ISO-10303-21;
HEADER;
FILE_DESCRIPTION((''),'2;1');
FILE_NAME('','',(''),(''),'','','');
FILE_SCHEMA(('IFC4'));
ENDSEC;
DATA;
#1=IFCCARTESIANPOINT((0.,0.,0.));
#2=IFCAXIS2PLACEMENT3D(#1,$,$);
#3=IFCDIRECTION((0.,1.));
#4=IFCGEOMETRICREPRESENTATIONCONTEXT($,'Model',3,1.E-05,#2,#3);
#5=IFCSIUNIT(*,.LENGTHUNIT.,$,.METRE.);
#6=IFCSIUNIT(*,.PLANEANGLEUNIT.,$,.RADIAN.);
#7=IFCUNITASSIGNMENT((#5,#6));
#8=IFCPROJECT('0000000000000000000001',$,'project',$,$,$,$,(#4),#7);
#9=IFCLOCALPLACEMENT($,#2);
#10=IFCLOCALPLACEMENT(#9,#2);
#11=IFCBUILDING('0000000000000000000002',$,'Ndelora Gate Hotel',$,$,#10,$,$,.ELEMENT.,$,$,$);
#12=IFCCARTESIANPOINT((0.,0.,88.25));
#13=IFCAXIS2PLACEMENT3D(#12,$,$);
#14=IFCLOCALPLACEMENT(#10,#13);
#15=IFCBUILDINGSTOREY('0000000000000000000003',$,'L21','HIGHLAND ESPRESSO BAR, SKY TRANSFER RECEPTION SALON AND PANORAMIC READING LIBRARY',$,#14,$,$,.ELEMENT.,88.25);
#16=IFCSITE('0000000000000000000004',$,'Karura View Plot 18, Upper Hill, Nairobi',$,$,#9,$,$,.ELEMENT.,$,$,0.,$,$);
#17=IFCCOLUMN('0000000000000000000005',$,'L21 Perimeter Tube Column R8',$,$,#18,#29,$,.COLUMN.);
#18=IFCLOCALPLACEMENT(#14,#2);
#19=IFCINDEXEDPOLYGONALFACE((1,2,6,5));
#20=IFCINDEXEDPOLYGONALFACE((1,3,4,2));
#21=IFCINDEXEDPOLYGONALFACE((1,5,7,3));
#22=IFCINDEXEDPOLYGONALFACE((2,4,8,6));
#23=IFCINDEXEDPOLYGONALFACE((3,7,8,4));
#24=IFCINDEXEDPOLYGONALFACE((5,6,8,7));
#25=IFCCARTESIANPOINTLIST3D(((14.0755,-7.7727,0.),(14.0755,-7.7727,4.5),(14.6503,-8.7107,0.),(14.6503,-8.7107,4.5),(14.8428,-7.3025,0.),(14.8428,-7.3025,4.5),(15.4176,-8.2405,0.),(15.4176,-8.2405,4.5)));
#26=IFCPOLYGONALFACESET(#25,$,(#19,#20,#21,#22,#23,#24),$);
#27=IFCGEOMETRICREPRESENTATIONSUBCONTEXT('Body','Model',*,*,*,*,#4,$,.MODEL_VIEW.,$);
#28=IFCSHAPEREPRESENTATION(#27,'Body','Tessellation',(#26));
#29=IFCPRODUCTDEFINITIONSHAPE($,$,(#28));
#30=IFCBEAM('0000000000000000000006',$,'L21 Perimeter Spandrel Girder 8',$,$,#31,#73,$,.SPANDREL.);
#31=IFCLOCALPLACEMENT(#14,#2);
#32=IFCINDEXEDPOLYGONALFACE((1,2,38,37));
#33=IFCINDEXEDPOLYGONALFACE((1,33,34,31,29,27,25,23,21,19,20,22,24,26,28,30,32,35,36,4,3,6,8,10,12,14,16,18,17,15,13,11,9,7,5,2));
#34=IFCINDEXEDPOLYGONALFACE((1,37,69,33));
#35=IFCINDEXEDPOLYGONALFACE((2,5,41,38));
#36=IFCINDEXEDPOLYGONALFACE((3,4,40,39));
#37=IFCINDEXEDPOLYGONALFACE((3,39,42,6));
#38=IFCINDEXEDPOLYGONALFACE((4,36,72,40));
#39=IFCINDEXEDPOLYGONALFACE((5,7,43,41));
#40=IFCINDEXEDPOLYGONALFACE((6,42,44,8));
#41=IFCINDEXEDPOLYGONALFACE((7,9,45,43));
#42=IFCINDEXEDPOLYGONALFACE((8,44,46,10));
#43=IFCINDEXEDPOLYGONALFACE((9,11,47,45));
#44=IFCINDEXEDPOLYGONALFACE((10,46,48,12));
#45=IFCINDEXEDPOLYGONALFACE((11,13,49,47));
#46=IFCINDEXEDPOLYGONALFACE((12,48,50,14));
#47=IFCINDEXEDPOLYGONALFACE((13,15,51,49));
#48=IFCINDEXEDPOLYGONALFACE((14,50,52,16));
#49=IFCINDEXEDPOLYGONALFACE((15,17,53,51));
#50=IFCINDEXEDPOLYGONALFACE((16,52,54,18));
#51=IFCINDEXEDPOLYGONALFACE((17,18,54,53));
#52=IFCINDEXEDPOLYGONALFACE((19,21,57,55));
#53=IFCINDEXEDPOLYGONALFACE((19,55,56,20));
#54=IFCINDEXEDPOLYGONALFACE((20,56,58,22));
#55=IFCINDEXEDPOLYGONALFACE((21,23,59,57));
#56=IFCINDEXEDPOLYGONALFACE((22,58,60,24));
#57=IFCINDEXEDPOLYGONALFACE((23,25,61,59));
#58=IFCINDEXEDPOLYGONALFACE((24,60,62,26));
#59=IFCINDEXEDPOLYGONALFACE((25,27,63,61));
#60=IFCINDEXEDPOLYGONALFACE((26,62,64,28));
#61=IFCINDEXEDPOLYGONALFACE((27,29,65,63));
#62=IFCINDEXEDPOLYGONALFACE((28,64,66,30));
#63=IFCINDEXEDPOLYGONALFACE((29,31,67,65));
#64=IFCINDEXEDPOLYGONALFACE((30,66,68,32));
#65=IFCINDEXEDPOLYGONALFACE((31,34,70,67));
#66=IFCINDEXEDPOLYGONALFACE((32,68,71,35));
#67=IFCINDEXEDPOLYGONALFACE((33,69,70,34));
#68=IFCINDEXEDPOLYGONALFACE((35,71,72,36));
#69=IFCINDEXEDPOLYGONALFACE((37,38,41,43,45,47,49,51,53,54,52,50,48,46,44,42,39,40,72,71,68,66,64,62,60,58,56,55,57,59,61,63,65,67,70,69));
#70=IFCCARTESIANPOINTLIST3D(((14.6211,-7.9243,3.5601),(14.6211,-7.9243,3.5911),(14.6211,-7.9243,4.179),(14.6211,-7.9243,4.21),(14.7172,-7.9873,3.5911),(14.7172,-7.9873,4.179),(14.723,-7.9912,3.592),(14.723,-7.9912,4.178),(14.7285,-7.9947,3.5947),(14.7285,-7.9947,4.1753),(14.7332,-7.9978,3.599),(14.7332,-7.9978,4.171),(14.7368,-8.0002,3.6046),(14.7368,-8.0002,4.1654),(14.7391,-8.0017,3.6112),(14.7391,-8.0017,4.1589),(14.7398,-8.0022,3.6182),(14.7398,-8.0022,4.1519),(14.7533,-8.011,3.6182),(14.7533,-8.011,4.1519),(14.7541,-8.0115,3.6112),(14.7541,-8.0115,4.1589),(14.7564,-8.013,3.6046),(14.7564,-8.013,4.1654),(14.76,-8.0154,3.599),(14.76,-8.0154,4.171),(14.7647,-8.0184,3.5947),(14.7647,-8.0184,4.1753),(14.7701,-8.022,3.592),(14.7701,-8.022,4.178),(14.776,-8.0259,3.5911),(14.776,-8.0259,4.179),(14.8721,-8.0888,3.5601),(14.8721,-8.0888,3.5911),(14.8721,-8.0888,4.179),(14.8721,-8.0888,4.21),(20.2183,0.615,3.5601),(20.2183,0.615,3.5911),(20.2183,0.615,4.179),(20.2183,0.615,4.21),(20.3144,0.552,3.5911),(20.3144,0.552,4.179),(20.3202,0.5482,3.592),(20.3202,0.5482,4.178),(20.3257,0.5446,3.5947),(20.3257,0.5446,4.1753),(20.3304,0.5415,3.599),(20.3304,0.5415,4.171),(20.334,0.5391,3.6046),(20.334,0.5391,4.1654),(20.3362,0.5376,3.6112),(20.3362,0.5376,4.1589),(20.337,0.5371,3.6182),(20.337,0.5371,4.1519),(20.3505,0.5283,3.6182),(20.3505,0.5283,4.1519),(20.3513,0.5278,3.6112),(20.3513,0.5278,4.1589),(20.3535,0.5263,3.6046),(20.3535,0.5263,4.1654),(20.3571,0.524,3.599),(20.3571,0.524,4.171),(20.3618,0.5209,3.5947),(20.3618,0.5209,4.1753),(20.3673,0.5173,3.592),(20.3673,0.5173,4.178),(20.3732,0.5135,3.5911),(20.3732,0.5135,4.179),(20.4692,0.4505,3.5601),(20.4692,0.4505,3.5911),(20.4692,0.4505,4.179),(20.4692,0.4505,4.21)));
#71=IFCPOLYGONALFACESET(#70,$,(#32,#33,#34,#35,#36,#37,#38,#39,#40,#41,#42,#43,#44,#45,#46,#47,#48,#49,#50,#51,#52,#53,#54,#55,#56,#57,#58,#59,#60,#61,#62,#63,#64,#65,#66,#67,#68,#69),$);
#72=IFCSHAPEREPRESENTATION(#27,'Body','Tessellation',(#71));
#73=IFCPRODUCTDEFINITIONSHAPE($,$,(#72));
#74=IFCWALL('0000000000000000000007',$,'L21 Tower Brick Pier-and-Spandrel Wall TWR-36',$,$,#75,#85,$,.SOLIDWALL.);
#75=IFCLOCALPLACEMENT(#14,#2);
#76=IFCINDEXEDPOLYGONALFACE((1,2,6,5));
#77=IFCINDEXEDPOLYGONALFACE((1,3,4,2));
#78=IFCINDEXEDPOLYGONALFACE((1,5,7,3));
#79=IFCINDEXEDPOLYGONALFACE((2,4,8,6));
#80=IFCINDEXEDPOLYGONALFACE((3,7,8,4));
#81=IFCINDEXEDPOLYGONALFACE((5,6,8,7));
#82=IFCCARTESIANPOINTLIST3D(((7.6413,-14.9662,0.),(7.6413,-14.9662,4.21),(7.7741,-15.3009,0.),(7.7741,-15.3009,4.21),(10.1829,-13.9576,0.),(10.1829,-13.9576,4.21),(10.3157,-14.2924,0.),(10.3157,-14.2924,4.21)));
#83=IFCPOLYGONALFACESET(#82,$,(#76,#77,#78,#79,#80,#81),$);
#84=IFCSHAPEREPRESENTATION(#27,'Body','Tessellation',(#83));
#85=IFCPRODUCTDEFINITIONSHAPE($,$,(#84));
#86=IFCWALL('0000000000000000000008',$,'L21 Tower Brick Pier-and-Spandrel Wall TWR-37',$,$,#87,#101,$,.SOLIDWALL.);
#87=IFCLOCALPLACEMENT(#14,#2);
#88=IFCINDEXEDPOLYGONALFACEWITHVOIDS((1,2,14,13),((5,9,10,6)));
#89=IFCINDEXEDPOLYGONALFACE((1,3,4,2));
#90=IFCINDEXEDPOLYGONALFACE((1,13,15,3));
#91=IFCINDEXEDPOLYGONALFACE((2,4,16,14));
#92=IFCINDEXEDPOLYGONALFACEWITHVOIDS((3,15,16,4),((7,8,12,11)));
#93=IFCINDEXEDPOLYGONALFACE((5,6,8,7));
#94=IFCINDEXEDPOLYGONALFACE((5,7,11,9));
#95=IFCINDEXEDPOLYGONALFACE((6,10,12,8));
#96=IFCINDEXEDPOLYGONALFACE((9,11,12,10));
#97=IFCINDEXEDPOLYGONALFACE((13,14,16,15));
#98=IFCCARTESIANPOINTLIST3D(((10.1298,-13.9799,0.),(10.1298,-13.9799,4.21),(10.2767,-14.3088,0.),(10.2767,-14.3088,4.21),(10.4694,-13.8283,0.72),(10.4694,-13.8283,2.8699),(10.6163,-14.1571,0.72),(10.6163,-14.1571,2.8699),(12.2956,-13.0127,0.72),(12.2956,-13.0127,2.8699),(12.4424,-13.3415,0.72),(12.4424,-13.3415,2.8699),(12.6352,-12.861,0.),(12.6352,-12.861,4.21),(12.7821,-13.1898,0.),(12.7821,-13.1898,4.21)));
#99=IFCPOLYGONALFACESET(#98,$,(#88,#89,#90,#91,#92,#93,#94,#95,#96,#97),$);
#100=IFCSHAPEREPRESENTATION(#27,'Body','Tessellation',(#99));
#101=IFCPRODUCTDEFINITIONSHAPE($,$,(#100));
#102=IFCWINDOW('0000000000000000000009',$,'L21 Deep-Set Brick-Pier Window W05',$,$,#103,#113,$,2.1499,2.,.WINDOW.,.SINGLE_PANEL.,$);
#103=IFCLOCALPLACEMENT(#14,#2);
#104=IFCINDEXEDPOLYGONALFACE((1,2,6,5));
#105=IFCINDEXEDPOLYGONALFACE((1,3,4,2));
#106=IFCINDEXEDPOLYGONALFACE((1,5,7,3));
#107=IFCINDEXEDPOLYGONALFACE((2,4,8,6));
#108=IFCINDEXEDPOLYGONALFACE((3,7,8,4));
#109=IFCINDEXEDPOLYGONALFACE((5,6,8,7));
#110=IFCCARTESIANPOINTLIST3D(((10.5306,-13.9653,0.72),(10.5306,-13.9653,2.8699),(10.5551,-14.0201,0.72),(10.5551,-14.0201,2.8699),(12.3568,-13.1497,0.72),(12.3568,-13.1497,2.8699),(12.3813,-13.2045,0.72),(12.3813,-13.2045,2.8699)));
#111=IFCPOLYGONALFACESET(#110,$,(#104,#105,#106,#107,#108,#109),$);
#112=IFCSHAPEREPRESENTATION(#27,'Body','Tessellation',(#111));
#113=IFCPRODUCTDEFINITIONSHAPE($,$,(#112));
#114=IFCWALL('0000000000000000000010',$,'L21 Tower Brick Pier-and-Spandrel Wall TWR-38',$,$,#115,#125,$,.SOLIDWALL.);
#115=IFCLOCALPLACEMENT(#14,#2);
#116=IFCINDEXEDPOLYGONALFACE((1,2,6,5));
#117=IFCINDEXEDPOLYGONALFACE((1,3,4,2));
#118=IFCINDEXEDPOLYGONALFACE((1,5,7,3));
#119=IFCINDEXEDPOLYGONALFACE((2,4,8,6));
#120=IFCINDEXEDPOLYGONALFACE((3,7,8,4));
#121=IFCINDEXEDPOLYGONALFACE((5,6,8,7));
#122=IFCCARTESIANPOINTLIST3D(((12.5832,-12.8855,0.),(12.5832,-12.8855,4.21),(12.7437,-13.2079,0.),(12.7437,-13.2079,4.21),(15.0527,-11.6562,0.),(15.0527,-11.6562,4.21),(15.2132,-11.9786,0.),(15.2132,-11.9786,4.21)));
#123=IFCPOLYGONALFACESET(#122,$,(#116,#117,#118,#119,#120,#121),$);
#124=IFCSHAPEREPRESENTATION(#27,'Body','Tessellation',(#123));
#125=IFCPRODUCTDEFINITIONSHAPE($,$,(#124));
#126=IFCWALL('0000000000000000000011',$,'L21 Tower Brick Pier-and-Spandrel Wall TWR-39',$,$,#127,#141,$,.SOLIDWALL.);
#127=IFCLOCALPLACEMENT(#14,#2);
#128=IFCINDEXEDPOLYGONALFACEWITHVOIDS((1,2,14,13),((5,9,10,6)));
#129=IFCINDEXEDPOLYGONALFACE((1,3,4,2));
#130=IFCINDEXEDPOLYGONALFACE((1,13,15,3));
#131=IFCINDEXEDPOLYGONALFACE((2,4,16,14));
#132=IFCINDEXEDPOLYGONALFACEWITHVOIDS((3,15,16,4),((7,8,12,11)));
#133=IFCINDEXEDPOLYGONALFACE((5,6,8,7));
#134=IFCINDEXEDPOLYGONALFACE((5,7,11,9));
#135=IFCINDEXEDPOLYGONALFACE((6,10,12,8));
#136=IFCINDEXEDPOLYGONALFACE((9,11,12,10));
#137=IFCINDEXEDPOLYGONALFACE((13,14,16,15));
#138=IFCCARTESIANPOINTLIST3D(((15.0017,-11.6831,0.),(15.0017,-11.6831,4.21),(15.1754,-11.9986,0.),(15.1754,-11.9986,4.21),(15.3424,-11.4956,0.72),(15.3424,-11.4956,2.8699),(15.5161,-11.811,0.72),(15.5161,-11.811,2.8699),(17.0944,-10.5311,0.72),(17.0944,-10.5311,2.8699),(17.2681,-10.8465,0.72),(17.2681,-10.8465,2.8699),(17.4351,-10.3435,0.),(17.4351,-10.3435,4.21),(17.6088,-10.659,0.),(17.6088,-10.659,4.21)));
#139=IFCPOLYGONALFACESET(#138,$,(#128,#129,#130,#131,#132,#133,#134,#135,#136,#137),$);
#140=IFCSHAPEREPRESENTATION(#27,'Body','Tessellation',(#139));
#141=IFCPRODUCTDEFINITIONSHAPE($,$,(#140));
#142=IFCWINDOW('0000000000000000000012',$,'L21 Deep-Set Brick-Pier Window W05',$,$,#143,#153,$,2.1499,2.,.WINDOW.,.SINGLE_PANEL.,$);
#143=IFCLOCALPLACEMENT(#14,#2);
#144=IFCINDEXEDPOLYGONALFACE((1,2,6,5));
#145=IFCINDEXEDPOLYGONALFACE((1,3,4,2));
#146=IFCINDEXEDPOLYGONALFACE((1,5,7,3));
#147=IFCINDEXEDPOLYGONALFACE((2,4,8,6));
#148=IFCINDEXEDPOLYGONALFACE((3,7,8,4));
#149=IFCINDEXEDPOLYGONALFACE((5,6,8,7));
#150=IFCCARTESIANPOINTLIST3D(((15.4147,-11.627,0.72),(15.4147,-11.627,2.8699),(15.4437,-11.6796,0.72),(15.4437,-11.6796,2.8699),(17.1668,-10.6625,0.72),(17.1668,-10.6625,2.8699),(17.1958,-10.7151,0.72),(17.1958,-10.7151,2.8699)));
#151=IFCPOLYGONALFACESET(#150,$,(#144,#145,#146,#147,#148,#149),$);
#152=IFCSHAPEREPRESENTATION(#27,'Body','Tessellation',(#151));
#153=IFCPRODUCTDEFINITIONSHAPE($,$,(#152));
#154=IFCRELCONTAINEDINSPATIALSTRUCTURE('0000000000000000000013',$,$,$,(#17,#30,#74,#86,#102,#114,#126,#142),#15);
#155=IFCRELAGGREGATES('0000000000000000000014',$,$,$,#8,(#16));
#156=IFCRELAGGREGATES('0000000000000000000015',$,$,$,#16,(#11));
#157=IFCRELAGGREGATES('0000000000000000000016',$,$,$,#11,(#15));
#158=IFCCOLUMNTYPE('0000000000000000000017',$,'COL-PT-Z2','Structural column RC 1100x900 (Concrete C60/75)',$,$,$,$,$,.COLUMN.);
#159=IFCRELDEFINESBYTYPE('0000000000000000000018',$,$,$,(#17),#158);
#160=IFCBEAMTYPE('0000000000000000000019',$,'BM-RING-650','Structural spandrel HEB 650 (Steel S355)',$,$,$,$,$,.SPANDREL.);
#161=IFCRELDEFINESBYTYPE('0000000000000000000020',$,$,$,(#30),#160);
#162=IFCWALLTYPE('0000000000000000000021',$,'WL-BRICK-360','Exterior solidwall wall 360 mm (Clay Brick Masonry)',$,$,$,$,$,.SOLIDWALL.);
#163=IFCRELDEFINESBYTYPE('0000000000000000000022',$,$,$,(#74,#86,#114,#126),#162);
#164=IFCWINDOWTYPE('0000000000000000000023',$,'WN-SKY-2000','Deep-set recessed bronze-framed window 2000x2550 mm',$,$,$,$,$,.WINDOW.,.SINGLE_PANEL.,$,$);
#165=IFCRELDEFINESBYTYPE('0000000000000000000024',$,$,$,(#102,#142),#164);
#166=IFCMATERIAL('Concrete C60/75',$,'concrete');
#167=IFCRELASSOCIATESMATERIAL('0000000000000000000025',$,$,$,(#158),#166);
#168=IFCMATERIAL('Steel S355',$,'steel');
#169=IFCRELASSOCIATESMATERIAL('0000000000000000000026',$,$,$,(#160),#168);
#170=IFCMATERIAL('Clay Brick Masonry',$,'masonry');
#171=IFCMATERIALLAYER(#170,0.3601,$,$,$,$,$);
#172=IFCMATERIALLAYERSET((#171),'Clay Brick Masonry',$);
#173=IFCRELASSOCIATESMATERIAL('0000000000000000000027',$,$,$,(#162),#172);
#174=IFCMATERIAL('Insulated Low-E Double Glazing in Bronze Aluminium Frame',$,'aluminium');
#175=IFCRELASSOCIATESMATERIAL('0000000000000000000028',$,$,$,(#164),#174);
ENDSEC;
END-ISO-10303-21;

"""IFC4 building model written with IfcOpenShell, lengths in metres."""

from ifc_helpers import new_model, si_unit, direction, frame, frame_2d, origin, origin_2d, place, context, subcontext, project, spatial, rectangle, i_section, extrude, material, layer, layer_set, material_profile, profile_set, type_object, element, fill, save


model = new_model("IFC4")

# Units and contexts
model_context = context("Model", 3, precision=1e-05, world=origin(), true_north=direction((0.0, 1.0)))
body_context = subcontext(model_context, "Body", "Model", "MODEL_VIEW")
ifc_project = project(units=[si_unit("LENGTHUNIT", "METRE"), si_unit("PLANEANGLEUNIT", "RADIAN")], contexts=[model_context])

# Site, building, storey
site_placement = place(None, origin())
site = spatial("IfcSite", under=ifc_project, at=site_placement, Name="Karura View Plot 18, Upper Hill, Nairobi", CompositionType="ELEMENT", RefElevation=0.0)
building_placement = place(site_placement, origin())
building = spatial("IfcBuilding", under=site, at=building_placement, Name="Ndelora Gate Hotel", CompositionType="ELEMENT")
storey_placement = place(building_placement, frame((0.0, 0.0, 88.25)))
storey = spatial("IfcBuildingStorey", under=building, at=storey_placement, Name="L21", Description="HIGHLAND ESPRESSO BAR, SKY TRANSFER RECEPTION SALON AND PANORAMIC READING LIBRARY", CompositionType="ELEMENT", Elevation=88.25)

# Column
ifc_material_1 = material(Name="Concrete C60/75", Category="concrete")
ifc_material_profile_1 = material_profile(ifc_material_1, rectangle(XDim=0.8999, YDim=1.1001, at=origin_2d()), Name="RC 1100x900")
ifc_profile_set_1 = profile_set([ifc_material_profile_1], Name="Concrete C60/75")
column_type = type_object("IfcColumnType", Name="COL-PT-Z2", Description="Structural column RC 1100x900 (Concrete C60/75)", PredefinedType="COLUMN", material=ifc_profile_set_1)
column_placement = place(storey_placement, frame((14.7466, -8.0066, 0.0), z_axis=(0.0, 0.0, 1.0), x_axis=(0.85264, 0.522499, 0.0)))
element("IfcColumn", 1, at=column_placement, inside=storey, type_object=column_type, Name="L21 Perimeter Tube Column R8", PredefinedType="COLUMN", context=body_context, shape_type="SweptSolid", body=[
    extrude(rectangle(XDim=0.8999, YDim=1.1001, at=origin_2d()), origin(), (0.0, 0.0, 1.0), 4.5),
])

# Beam
ifc_material_2 = material(Name="Steel S355", Category="steel")
ifc_material_profile_2 = material_profile(ifc_material_2, i_section(OverallWidth=0.3, OverallDepth=0.6499, WebThickness=0.0161, FlangeThickness=0.031, FilletRadius=0.0271, at=origin_2d()), Name="HEB 650")
ifc_profile_set_2 = profile_set([ifc_material_profile_2], Name="Steel S355")
beam_type = type_object("IfcBeamType", Name="BM-RING-650", Description="Structural spandrel HEB 650 (Steel S355)", PredefinedType="SPANDREL", material=ifc_profile_set_2)
beam_placement = place(storey_placement, frame((14.7466, -8.0066, 3.885), z_axis=(0.548194, 0.836351, 0.0), x_axis=(-0.836351, 0.548194, 0.0)))
element("IfcBeam", 2, at=beam_placement, inside=storey, type_object=beam_type, Name="L21 Perimeter Spandrel Girder 8", PredefinedType="SPANDREL", context=body_context, shape_type="SweptSolid", body=[
    extrude(i_section(OverallWidth=0.3, OverallDepth=0.6499, WebThickness=0.0161, FlangeThickness=0.031, FilletRadius=0.0271, at=origin_2d()), origin(), (0.0, 0.0, 1.0), 10.2102),
])

# Wall
ifc_material_3 = material(Name="Clay Brick Masonry", Category="masonry")
ifc_layer_1 = layer(ifc_material_3, 0.3601)
ifc_layer_set_1 = layer_set([ifc_layer_1], Name="Clay Brick Masonry")
wall_type_1 = type_object("IfcWallType", Name="WL-BRICK-360", Description="Exterior solidwall wall 360 mm (Clay Brick Masonry)", PredefinedType="SOLIDWALL", material=ifc_layer_set_1)
wall_1_placement = place(storey_placement, frame((10.2493, -14.125, 0.0), z_axis=(0.0, 0.0, 1.0), x_axis=(-0.929489, -0.368849, 0.0)))
element("IfcWall", 3, at=wall_1_placement, inside=storey, type_object=wall_type_1, Name="L21 Tower Brick Pier-and-Spandrel Wall TWR-36", PredefinedType="SOLIDWALL", context=body_context, shape_type="SweptSolid", body=[
    extrude(rectangle(XDim=2.7344, YDim=0.3601, at=frame_2d((1.3672, 0.0))), origin(), (0.0, 0.0, 1.0), 4.21),
])

# Wall, opening, window
wall_2_placement = place(storey_placement, frame((12.7087, -13.0254, 0.0), z_axis=(0.0, 0.0, 1.0), x_axis=(-0.91308, -0.407781, 0.0)))
wall_2 = element("IfcWall", 4, at=wall_2_placement, inside=storey, type_object=wall_type_1, Name="L21 Tower Brick Pier-and-Spandrel Wall TWR-37", PredefinedType="SOLIDWALL", context=body_context, shape_type="SweptSolid", body=[
    extrude(rectangle(XDim=2.7439, YDim=0.3601, at=frame_2d((1.3721, 0.0))), origin(), (0.0, 0.0, 1.0), 4.21),
])
opening_1_placement = place(wall_2_placement, frame((0.3721, 0.0, 0.72)))
opening_1 = element("IfcOpeningElement", 5, at=opening_1_placement, cuts=wall_2, PredefinedType="OPENING", context=body_context, shape_type="SweptSolid", body=[
    extrude(rectangle(XDim=2.0, YDim=2.1499, at=frame_2d((1.0, 1.075))), frame((0.0, 0.1899, 0.0), z_axis=(0.0, -1.0, 0.0), x_axis=(1.0, 0.0, 0.0)), (0.0, 0.0, 1.0), 0.3801),
])
ifc_material_4 = material(Name="Insulated Low-E Double Glazing in Bronze Aluminium Frame", Category="aluminium")
window_type = type_object("IfcWindowType", Name="WN-SKY-2000", Description="Deep-set recessed bronze-framed window 2000x2550 mm", PartitioningType="SINGLE_PANEL", PredefinedType="WINDOW", material=ifc_material_4)
window_1_placement = place(opening_1_placement, origin())
window_1 = element("IfcWindow", 6, at=window_1_placement, inside=storey, type_object=window_type, Name="L21 Deep-Set Brick-Pier Window W05", OverallHeight=2.1499, OverallWidth=2.0, PartitioningType="SINGLE_PANEL", PredefinedType="WINDOW", context=body_context, shape_type="SweptSolid", body=[
    extrude(rectangle(XDim=2.0, YDim=2.1499, at=frame_2d((1.0, 1.075))), frame((0.0, 0.03, 0.0), z_axis=(0.0, -1.0, 0.0), x_axis=(1.0, 0.0, 0.0)), (0.0, 0.0, 1.0), 0.0601),
])
fill(opening_1, window_1)

# Wall
wall_3_placement = place(storey_placement, frame((15.1331, -11.8174, 0.0), z_axis=(0.0, 0.0, 1.0), x_axis=(-0.895222, -0.44562, 0.0)))
element("IfcWall", 7, at=wall_3_placement, inside=storey, type_object=wall_type_1, Name="L21 Tower Brick Pier-and-Spandrel Wall TWR-38", PredefinedType="SOLIDWALL", context=body_context, shape_type="SweptSolid", body=[
    extrude(rectangle(XDim=2.7585, YDim=0.3601, at=frame_2d((1.3794, 0.0))), origin(), (0.0, 0.0, 1.0), 4.21),
])

# Wall, opening, window
wall_4_placement = place(storey_placement, frame((17.522, -10.5012, 0.0), z_axis=(0.0, 0.0, 1.0), x_axis=(-0.876025, -0.482266, 0.0)))
wall_4 = element("IfcWall", 8, at=wall_4_placement, inside=storey, type_object=wall_type_1, Name="L21 Tower Brick Pier-and-Spandrel Wall TWR-39", PredefinedType="SOLIDWALL", context=body_context, shape_type="SweptSolid", body=[
    extrude(rectangle(XDim=2.7778, YDim=0.3601, at=frame_2d((1.3889, 0.0))), origin(), (0.0, 0.0, 1.0), 4.21),
])
opening_2_placement = place(wall_4_placement, frame((0.3889, 0.0, 0.72)))
opening_2 = element("IfcOpeningElement", 9, at=opening_2_placement, cuts=wall_4, PredefinedType="OPENING", context=body_context, shape_type="SweptSolid", body=[
    extrude(rectangle(XDim=2.0, YDim=2.1499, at=frame_2d((1.0, 1.075))), frame((0.0, 0.1899, 0.0), z_axis=(0.0, -1.0, 0.0), x_axis=(1.0, 0.0, 0.0)), (0.0, 0.0, 1.0), 0.3801),
])
window_2_placement = place(opening_2_placement, origin())
window_2 = element("IfcWindow", 10, at=window_2_placement, inside=storey, type_object=window_type, Name="L21 Deep-Set Brick-Pier Window W05", OverallHeight=2.1499, OverallWidth=2.0, PartitioningType="SINGLE_PANEL", PredefinedType="WINDOW", context=body_context, shape_type="SweptSolid", body=[
    extrude(rectangle(XDim=2.0, YDim=2.1499, at=frame_2d((1.0, 1.075))), frame((0.0, 0.03, 0.0), z_axis=(0.0, -1.0, 0.0), x_axis=(1.0, 0.0, 0.0)), (0.0, 0.0, 1.0), 0.0601),
])
fill(opening_2, window_2)

save(model, "model.ifc")
